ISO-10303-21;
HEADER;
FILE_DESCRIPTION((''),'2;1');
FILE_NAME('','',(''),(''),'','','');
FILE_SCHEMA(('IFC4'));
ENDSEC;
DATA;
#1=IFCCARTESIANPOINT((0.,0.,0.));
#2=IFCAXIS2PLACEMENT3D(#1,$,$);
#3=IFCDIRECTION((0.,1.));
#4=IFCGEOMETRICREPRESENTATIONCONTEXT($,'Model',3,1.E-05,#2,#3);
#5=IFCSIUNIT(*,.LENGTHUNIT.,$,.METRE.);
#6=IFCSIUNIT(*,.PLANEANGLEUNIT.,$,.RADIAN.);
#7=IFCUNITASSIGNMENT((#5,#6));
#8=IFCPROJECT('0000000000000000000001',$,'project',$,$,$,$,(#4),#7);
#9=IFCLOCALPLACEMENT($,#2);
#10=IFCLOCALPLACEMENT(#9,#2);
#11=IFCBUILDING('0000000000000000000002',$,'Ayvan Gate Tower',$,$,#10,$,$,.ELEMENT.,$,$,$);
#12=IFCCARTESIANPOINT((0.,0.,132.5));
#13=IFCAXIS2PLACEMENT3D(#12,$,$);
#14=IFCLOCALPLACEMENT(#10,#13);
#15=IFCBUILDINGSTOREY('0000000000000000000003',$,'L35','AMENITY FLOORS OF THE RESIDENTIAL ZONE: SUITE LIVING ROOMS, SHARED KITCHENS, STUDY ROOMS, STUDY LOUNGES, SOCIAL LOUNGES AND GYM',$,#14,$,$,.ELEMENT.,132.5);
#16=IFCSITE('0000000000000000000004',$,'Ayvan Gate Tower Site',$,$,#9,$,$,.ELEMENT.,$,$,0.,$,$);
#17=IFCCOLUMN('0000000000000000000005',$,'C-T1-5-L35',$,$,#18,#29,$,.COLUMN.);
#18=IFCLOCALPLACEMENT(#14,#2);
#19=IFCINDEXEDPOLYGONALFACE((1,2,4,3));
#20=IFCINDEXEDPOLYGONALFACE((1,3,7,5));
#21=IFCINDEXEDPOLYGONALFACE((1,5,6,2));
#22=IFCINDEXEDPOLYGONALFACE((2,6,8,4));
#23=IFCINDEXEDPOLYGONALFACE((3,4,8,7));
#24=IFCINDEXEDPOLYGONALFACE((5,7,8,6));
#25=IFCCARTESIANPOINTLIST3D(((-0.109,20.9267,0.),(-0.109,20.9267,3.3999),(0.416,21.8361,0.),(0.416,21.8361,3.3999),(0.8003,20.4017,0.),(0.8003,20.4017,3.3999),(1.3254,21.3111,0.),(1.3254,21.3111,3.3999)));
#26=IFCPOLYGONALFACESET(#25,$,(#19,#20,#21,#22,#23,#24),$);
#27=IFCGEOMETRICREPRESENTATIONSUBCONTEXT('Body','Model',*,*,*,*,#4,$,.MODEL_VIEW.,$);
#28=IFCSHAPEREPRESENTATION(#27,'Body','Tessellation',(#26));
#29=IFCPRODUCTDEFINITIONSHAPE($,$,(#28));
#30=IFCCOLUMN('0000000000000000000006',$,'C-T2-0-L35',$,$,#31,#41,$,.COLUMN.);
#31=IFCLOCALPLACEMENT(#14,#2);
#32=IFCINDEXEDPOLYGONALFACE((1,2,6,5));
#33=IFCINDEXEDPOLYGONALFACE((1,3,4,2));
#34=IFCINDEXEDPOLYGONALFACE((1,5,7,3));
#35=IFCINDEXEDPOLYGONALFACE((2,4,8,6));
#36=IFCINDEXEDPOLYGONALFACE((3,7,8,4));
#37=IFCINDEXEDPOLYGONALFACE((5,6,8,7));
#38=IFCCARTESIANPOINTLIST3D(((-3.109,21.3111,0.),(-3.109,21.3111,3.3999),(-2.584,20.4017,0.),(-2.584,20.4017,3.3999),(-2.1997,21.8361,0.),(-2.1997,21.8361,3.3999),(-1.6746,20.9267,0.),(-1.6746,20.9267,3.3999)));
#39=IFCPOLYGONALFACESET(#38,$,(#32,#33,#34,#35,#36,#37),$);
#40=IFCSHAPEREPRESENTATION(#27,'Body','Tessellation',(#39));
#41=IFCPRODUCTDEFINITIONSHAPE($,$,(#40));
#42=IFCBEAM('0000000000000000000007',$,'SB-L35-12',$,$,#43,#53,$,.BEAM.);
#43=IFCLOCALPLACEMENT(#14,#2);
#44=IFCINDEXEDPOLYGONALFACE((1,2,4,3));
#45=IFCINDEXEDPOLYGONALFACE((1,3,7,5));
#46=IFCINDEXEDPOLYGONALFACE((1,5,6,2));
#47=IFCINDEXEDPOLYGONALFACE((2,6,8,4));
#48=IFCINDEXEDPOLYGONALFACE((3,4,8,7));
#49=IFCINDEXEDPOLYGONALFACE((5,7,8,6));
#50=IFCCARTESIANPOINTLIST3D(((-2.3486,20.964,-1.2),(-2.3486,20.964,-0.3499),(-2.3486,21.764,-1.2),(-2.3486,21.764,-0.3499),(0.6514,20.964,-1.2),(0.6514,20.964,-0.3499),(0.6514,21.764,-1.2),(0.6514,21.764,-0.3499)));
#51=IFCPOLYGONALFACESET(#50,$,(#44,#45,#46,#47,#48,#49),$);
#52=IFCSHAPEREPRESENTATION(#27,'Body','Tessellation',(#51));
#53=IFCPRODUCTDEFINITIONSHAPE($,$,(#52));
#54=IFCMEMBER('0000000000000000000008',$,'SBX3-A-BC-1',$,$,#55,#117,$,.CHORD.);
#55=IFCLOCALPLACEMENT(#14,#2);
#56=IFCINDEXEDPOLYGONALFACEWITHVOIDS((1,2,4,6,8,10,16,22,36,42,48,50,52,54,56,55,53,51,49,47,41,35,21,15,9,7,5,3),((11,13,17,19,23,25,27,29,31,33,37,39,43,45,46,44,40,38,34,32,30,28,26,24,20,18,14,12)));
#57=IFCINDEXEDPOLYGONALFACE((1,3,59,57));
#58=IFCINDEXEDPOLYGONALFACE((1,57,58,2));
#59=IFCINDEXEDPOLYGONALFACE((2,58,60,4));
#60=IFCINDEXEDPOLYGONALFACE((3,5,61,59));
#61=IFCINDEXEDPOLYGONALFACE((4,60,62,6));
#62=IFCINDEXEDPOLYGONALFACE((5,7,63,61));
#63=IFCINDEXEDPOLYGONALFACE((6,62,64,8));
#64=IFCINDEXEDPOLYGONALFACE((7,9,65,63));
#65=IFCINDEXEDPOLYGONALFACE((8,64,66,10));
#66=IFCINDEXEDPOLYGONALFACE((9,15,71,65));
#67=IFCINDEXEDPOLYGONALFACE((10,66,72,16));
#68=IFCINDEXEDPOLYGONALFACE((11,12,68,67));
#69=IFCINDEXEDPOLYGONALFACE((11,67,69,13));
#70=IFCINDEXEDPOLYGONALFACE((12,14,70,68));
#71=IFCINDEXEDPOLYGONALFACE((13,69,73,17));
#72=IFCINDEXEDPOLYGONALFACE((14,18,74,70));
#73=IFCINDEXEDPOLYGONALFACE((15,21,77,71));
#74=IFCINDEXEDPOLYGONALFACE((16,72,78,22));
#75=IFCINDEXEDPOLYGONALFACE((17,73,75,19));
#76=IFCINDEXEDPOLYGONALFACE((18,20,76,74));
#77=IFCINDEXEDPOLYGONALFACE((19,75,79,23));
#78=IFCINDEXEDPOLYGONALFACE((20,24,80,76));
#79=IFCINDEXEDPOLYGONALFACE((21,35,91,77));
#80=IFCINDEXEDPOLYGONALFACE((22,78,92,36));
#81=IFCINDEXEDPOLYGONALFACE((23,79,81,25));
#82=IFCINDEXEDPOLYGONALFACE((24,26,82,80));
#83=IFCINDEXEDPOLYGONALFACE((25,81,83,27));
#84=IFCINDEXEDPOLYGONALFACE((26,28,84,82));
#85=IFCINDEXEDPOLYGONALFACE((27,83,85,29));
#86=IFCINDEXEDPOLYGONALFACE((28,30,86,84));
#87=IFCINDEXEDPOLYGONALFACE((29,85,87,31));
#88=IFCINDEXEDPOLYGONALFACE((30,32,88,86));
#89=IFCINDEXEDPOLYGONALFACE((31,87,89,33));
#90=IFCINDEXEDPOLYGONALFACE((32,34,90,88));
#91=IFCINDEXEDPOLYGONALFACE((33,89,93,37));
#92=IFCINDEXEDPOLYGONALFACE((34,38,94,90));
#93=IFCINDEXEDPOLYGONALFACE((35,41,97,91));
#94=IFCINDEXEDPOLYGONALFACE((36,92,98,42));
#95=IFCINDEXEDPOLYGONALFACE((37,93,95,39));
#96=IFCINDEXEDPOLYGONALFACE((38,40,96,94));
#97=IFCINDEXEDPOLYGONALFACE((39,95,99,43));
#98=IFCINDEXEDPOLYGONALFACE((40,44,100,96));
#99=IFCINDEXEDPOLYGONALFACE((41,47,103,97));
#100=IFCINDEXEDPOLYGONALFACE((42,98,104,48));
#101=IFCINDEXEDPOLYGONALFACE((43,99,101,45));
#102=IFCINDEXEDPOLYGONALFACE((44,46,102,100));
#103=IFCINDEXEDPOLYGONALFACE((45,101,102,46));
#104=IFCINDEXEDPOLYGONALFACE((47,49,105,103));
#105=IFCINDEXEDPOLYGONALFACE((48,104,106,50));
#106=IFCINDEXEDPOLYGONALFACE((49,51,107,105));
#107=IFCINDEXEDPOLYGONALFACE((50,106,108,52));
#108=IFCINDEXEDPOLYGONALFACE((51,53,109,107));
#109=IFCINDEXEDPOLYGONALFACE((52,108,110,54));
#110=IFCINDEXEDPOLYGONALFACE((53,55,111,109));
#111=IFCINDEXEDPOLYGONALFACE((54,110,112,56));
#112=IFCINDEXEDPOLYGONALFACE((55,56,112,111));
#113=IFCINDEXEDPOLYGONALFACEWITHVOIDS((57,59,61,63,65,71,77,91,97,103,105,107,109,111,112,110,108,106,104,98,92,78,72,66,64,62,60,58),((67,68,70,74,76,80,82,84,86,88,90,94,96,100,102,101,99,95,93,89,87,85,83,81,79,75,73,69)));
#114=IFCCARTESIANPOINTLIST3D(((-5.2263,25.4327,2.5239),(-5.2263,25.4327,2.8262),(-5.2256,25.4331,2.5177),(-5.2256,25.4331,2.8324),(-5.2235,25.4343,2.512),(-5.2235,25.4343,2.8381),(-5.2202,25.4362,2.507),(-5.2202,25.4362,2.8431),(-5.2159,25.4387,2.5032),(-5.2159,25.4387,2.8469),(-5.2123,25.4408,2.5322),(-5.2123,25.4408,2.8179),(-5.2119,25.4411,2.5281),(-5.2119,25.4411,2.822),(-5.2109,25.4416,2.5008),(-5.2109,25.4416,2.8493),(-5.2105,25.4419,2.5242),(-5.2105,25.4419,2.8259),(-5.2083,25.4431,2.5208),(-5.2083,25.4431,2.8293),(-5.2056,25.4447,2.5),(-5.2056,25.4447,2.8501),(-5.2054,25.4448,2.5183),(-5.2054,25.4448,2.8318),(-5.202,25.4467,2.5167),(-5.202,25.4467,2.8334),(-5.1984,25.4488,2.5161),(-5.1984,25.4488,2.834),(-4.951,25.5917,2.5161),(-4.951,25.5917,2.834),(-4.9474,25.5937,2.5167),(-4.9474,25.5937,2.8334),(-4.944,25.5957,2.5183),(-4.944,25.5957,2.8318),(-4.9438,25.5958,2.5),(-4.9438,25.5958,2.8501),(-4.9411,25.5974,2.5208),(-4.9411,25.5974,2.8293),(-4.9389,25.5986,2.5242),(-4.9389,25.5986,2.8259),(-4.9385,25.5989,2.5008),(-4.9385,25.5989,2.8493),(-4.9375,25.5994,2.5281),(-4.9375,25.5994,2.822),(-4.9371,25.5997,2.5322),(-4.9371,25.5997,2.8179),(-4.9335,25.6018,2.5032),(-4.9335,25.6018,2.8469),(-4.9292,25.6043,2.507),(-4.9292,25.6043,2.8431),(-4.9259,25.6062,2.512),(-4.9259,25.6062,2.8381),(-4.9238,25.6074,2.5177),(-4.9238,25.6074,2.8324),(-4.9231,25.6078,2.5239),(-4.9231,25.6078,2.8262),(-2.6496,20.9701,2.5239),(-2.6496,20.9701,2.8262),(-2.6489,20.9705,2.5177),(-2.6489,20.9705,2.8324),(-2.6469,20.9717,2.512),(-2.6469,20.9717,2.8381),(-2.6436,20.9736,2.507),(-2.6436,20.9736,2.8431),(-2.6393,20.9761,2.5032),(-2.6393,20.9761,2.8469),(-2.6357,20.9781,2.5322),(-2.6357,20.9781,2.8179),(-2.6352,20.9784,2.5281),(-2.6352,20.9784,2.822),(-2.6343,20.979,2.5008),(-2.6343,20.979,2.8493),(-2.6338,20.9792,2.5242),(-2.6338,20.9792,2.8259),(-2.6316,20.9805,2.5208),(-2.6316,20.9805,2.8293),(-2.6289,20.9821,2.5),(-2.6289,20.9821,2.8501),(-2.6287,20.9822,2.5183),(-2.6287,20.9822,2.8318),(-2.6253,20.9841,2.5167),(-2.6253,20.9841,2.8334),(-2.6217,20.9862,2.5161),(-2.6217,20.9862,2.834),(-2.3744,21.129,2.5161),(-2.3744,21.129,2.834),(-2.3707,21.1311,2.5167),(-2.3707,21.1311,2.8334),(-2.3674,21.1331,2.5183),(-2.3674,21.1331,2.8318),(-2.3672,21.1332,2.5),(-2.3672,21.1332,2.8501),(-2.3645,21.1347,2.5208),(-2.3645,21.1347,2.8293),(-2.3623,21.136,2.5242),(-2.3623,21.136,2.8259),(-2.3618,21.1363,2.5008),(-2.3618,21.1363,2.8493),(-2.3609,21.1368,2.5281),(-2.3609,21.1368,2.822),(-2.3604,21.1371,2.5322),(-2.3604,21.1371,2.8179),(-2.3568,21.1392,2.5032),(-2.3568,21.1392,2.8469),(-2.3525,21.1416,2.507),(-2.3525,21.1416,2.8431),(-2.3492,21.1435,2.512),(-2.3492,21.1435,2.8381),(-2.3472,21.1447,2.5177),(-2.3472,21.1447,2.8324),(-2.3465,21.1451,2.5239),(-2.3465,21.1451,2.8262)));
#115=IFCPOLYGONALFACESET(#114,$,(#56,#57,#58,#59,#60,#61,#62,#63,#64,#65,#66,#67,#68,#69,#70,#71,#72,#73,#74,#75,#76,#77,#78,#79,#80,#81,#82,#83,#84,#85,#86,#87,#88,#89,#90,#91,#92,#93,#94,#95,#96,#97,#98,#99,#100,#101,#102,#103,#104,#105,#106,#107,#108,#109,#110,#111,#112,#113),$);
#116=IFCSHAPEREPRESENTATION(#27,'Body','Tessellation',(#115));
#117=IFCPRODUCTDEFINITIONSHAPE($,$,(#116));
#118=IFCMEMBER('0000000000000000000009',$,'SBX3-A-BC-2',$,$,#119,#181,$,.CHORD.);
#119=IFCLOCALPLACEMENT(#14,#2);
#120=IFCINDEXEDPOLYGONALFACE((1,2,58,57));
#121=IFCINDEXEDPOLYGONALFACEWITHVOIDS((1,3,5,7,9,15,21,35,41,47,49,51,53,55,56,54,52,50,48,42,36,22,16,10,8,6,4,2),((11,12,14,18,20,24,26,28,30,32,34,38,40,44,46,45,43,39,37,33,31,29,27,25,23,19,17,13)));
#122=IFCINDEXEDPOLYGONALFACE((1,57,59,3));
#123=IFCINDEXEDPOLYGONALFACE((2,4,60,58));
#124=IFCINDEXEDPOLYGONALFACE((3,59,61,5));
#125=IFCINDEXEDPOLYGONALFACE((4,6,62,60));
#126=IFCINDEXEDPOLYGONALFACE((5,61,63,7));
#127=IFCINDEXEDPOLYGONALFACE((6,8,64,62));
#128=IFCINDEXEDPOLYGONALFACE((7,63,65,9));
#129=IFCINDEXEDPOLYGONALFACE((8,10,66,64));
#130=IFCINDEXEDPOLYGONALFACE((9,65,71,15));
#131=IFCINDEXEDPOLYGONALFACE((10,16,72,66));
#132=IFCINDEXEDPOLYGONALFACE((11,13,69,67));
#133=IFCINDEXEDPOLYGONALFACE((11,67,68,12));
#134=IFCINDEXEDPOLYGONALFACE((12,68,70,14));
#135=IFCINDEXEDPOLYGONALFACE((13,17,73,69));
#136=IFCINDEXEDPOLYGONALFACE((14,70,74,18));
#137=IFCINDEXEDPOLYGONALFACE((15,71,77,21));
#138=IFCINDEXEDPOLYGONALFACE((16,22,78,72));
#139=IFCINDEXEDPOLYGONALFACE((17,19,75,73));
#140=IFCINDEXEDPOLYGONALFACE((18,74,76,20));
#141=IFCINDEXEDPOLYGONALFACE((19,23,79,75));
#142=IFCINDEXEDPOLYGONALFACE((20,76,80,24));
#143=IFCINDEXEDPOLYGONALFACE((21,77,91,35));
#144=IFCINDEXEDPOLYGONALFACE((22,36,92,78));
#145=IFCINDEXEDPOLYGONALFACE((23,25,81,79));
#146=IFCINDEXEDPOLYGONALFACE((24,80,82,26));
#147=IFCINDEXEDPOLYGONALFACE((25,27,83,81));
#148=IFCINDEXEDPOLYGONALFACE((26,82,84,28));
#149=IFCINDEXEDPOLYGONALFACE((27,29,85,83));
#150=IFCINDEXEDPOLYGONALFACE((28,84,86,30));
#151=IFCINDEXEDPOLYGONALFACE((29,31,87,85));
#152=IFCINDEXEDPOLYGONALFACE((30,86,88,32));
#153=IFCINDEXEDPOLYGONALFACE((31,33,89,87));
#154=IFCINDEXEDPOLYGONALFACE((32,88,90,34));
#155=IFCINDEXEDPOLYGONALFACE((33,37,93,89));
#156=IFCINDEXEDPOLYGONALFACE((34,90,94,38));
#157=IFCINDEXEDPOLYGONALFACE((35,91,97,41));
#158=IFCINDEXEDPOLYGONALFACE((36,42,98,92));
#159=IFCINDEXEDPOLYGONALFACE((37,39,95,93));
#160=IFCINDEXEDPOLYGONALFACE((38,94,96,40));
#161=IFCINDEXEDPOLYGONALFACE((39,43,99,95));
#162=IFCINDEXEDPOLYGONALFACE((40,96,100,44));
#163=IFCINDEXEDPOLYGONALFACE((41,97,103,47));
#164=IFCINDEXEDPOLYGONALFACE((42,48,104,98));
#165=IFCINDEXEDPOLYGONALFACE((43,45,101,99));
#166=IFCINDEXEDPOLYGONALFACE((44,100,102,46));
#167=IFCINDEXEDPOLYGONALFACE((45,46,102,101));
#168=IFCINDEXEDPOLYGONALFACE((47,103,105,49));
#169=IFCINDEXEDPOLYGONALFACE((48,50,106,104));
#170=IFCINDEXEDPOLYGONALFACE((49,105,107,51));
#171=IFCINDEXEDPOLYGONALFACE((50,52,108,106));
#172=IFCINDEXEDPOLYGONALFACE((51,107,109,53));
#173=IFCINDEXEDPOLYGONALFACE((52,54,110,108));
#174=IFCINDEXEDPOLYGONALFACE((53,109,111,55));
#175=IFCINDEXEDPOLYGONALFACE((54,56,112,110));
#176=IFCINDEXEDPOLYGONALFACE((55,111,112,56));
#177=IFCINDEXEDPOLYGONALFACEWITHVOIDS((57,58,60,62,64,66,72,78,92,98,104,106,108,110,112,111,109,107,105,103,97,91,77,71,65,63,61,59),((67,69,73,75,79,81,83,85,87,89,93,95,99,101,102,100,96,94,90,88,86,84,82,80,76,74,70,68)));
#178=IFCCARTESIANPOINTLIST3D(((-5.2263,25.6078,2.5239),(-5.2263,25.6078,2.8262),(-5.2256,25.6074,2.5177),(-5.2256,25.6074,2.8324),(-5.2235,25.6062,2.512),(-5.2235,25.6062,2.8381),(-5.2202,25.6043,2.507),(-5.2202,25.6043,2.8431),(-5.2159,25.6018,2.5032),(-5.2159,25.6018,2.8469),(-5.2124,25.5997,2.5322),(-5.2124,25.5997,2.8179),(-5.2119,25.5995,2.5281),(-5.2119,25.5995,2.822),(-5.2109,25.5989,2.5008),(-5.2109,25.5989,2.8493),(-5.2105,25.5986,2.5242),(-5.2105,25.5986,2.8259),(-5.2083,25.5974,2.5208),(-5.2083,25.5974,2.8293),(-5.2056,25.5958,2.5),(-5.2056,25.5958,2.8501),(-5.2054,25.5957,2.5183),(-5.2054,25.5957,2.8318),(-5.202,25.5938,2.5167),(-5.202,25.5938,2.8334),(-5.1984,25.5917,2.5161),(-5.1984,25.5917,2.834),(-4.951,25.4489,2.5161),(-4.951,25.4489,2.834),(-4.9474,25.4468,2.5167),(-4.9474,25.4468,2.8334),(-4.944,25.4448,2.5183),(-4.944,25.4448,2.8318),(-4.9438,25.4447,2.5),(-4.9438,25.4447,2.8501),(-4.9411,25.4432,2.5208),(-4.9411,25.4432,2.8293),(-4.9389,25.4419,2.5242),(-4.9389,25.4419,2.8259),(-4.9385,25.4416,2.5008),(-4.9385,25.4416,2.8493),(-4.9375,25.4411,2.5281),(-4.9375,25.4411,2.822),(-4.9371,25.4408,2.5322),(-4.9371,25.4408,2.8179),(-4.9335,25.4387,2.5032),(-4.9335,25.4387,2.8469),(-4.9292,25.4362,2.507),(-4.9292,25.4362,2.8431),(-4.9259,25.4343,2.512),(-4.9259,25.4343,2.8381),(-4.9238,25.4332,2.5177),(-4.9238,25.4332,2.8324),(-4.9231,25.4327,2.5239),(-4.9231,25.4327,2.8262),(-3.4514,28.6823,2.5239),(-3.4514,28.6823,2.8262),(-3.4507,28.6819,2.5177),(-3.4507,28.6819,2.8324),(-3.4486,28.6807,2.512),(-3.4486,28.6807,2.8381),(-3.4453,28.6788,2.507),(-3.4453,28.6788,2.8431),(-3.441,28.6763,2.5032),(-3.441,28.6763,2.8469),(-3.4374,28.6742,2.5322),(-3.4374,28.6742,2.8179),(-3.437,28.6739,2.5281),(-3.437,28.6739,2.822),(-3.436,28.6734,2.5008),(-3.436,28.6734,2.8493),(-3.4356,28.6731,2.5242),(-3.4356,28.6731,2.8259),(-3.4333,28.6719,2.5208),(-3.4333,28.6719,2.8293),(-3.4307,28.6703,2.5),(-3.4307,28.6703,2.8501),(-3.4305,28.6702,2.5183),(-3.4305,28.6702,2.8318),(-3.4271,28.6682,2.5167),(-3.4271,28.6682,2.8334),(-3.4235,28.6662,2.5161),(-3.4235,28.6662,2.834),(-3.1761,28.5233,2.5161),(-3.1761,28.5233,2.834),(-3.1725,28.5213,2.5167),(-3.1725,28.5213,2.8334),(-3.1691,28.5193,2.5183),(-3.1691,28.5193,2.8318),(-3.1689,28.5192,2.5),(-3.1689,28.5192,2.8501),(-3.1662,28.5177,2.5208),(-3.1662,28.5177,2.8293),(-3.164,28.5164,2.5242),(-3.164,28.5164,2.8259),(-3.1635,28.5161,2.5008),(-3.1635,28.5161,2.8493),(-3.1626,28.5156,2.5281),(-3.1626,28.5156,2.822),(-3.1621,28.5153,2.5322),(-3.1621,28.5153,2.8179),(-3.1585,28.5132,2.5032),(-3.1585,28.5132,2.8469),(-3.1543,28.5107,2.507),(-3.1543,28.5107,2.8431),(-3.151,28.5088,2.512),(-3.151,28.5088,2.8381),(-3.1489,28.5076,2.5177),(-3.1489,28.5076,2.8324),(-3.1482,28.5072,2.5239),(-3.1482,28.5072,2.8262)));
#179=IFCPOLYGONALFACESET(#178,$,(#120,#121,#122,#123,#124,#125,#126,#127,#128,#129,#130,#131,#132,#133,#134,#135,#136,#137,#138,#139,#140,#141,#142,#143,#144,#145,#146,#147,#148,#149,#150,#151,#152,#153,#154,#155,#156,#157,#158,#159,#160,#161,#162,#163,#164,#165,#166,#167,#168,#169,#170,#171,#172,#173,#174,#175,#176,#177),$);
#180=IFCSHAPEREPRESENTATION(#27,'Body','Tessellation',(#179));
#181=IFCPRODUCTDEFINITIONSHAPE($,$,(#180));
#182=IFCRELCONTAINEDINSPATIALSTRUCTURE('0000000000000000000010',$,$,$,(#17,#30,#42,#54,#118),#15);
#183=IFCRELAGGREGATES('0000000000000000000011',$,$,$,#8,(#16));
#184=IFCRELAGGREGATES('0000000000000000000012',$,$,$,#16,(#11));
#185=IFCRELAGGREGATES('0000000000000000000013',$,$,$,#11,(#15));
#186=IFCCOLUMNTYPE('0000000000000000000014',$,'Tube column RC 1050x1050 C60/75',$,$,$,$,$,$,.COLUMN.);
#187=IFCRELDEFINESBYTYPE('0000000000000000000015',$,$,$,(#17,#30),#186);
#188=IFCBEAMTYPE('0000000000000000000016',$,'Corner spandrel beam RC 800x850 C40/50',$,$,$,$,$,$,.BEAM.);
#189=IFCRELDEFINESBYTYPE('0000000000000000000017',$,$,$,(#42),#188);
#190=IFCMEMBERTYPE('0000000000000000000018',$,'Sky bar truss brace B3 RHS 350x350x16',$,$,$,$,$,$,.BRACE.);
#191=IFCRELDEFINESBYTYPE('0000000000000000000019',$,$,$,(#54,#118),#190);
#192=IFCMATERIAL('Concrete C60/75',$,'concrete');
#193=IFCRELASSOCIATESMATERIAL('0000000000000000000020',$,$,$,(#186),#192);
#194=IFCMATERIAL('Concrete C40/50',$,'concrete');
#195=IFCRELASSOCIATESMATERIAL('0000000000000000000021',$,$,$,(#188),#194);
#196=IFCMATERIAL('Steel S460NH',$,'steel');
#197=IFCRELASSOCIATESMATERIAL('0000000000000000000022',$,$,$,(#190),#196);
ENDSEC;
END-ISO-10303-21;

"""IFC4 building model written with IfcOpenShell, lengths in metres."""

from ifc_helpers import new_model, si_unit, direction, frame, origin, origin_2d, place, context, subcontext, project, spatial, rectangle, hollow_rectangle, extrude, material, material_profile, profile_set, type_object, element, save


model = new_model("IFC4")

# Units and contexts
model_context = context("Model", 3, precision=1e-05, world=origin(), true_north=direction((0.0, 1.0)))
body_context = subcontext(model_context, "Body", "Model", "MODEL_VIEW")
ifc_project = project(units=[si_unit("LENGTHUNIT", "METRE"), si_unit("PLANEANGLEUNIT", "RADIAN")], contexts=[model_context])

# Site, building, storey
site_placement = place(None, origin())
site = spatial("IfcSite", under=ifc_project, at=site_placement, Name="Ayvan Gate Tower Site", CompositionType="ELEMENT", RefElevation=0.0)
building_placement = place(site_placement, origin())
building = spatial("IfcBuilding", under=site, at=building_placement, Name="Ayvan Gate Tower", CompositionType="ELEMENT")
storey_placement = place(building_placement, frame((0.0, 0.0, 132.5)))
storey = spatial("IfcBuildingStorey", under=building, at=storey_placement, Name="L35", Description="AMENITY FLOORS OF THE RESIDENTIAL ZONE: SUITE LIVING ROOMS, SHARED KITCHENS, STUDY ROOMS, STUDY LOUNGES, SOCIAL LOUNGES AND GYM", CompositionType="ELEMENT", Elevation=132.5)

# Columns
ifc_material_1 = material(Name="Concrete C60/75", Category="concrete")
ifc_material_profile_1 = material_profile(ifc_material_1, rectangle(XDim=1.05, YDim=1.05, at=origin_2d()), Name="RC 1050x1050")
ifc_profile_set_1 = profile_set([ifc_material_profile_1], Name="Concrete C60/75")
column_type = type_object("IfcColumnType", Name="Tube column RC 1050x1050 C60/75", PredefinedType="COLUMN", material=ifc_profile_set_1)
for number, where, z_axis, x_axis, name in (
    (1, (0.6082, 21.1189, 0.0), (0.0, 0.0, 1.0), (0.5, 0.866025, 0.0), "C-T1-5-L35"),
    (2, (-2.3918, 21.1189, 0.0), (0.0, 0.0, 1.0), (-0.5, 0.866025, 0.0), "C-T2-0-L35"),
):
    element("IfcColumn", number, at=place(storey_placement, frame(where, z_axis=z_axis, x_axis=x_axis)), inside=storey, type_object=column_type, Name=name, PredefinedType="COLUMN", context=body_context, shape_type="SweptSolid", body=[
        extrude(rectangle(XDim=1.05, YDim=1.05, at=origin_2d()), origin(), (0.0, 0.0, 1.0), 3.3999),
    ])

# Beam
ifc_material_2 = material(Name="Concrete C40/50", Category="concrete")
ifc_material_profile_2 = material_profile(ifc_material_2, rectangle(XDim=0.8, YDim=0.8501, at=origin_2d()), Name="RC 800x850")
ifc_profile_set_2 = profile_set([ifc_material_profile_2], Name="Concrete C40/50")
beam_type_1 = type_object("IfcBeamType", Name="Corner spandrel beam RC 800x850 C40/50", PredefinedType="BEAM", material=ifc_profile_set_2)
beam_1_placement = place(storey_placement, frame((0.6514, 21.364, -0.7749), z_axis=(-1.0, 0.0, 0.0), x_axis=(0.0, -1.0, 0.0)))
element("IfcBeam", 3, at=beam_1_placement, inside=storey, type_object=beam_type_1, Name="SB-L35-12", PredefinedType="BEAM", context=body_context, shape_type="SweptSolid", body=[
    extrude(rectangle(XDim=0.8, YDim=0.8501, at=origin_2d()), origin(), (0.0, 0.0, 1.0), 3.0),
])

# Members
ifc_material_3 = material(Name="Steel S460NH", Category="steel")
ifc_material_profile_3 = material_profile(ifc_material_3, hollow_rectangle(XDim=0.3501, YDim=0.3501, WallThickness=0.0161, InnerFilletRadius=0.0161, OuterFilletRadius=0.0239, at=origin_2d()), Name="RHS 350x350x16")
ifc_profile_set_3 = profile_set([ifc_material_profile_3], Name="Steel S460NH")
member_type_1 = type_object("IfcMemberType", Name="Sky bar truss brace B3 RHS 350x350x16", PredefinedType="BRACE", material=ifc_profile_set_3)
member_1_placement = place(storey_placement, frame((-2.498, 21.0576, 2.675), z_axis=(-0.500022, 0.866013, 0.0), x_axis=(-0.866013, -0.500022, 0.0)))
element("IfcMember", 4, at=member_1_placement, inside=storey, type_object=member_type_1, Name="SBX3-A-BC-1", PredefinedType="CHORD", context=body_context, shape_type="SweptSolid", body=[
    extrude(hollow_rectangle(XDim=0.3501, YDim=0.3501, WallThickness=0.0161, InnerFilletRadius=0.0161, OuterFilletRadius=0.0239, at=origin_2d()), origin(), (0.0, 0.0, 1.0), 5.1531),
])
for number, where, z_axis, x_axis, name in (
    (5, (-5.0747, 25.5203, 2.675), (0.49997, 0.866042, 0.0), (-0.866042, 0.49997, 0.0), "SBX3-A-BC-2"),
):
    element("IfcMember", number, at=place(storey_placement, frame(where, z_axis=z_axis, x_axis=x_axis)), inside=storey, type_object=member_type_1, Name=name, PredefinedType="CHORD", context=body_context, shape_type="SweptSolid", body=[
        extrude(hollow_rectangle(XDim=0.3501, YDim=0.3501, WallThickness=0.0161, InnerFilletRadius=0.0161, OuterFilletRadius=0.0239, at=origin_2d()), origin(), (0.0, 0.0, 1.0), 3.55),
    ])

save(model, "model.ifc")
